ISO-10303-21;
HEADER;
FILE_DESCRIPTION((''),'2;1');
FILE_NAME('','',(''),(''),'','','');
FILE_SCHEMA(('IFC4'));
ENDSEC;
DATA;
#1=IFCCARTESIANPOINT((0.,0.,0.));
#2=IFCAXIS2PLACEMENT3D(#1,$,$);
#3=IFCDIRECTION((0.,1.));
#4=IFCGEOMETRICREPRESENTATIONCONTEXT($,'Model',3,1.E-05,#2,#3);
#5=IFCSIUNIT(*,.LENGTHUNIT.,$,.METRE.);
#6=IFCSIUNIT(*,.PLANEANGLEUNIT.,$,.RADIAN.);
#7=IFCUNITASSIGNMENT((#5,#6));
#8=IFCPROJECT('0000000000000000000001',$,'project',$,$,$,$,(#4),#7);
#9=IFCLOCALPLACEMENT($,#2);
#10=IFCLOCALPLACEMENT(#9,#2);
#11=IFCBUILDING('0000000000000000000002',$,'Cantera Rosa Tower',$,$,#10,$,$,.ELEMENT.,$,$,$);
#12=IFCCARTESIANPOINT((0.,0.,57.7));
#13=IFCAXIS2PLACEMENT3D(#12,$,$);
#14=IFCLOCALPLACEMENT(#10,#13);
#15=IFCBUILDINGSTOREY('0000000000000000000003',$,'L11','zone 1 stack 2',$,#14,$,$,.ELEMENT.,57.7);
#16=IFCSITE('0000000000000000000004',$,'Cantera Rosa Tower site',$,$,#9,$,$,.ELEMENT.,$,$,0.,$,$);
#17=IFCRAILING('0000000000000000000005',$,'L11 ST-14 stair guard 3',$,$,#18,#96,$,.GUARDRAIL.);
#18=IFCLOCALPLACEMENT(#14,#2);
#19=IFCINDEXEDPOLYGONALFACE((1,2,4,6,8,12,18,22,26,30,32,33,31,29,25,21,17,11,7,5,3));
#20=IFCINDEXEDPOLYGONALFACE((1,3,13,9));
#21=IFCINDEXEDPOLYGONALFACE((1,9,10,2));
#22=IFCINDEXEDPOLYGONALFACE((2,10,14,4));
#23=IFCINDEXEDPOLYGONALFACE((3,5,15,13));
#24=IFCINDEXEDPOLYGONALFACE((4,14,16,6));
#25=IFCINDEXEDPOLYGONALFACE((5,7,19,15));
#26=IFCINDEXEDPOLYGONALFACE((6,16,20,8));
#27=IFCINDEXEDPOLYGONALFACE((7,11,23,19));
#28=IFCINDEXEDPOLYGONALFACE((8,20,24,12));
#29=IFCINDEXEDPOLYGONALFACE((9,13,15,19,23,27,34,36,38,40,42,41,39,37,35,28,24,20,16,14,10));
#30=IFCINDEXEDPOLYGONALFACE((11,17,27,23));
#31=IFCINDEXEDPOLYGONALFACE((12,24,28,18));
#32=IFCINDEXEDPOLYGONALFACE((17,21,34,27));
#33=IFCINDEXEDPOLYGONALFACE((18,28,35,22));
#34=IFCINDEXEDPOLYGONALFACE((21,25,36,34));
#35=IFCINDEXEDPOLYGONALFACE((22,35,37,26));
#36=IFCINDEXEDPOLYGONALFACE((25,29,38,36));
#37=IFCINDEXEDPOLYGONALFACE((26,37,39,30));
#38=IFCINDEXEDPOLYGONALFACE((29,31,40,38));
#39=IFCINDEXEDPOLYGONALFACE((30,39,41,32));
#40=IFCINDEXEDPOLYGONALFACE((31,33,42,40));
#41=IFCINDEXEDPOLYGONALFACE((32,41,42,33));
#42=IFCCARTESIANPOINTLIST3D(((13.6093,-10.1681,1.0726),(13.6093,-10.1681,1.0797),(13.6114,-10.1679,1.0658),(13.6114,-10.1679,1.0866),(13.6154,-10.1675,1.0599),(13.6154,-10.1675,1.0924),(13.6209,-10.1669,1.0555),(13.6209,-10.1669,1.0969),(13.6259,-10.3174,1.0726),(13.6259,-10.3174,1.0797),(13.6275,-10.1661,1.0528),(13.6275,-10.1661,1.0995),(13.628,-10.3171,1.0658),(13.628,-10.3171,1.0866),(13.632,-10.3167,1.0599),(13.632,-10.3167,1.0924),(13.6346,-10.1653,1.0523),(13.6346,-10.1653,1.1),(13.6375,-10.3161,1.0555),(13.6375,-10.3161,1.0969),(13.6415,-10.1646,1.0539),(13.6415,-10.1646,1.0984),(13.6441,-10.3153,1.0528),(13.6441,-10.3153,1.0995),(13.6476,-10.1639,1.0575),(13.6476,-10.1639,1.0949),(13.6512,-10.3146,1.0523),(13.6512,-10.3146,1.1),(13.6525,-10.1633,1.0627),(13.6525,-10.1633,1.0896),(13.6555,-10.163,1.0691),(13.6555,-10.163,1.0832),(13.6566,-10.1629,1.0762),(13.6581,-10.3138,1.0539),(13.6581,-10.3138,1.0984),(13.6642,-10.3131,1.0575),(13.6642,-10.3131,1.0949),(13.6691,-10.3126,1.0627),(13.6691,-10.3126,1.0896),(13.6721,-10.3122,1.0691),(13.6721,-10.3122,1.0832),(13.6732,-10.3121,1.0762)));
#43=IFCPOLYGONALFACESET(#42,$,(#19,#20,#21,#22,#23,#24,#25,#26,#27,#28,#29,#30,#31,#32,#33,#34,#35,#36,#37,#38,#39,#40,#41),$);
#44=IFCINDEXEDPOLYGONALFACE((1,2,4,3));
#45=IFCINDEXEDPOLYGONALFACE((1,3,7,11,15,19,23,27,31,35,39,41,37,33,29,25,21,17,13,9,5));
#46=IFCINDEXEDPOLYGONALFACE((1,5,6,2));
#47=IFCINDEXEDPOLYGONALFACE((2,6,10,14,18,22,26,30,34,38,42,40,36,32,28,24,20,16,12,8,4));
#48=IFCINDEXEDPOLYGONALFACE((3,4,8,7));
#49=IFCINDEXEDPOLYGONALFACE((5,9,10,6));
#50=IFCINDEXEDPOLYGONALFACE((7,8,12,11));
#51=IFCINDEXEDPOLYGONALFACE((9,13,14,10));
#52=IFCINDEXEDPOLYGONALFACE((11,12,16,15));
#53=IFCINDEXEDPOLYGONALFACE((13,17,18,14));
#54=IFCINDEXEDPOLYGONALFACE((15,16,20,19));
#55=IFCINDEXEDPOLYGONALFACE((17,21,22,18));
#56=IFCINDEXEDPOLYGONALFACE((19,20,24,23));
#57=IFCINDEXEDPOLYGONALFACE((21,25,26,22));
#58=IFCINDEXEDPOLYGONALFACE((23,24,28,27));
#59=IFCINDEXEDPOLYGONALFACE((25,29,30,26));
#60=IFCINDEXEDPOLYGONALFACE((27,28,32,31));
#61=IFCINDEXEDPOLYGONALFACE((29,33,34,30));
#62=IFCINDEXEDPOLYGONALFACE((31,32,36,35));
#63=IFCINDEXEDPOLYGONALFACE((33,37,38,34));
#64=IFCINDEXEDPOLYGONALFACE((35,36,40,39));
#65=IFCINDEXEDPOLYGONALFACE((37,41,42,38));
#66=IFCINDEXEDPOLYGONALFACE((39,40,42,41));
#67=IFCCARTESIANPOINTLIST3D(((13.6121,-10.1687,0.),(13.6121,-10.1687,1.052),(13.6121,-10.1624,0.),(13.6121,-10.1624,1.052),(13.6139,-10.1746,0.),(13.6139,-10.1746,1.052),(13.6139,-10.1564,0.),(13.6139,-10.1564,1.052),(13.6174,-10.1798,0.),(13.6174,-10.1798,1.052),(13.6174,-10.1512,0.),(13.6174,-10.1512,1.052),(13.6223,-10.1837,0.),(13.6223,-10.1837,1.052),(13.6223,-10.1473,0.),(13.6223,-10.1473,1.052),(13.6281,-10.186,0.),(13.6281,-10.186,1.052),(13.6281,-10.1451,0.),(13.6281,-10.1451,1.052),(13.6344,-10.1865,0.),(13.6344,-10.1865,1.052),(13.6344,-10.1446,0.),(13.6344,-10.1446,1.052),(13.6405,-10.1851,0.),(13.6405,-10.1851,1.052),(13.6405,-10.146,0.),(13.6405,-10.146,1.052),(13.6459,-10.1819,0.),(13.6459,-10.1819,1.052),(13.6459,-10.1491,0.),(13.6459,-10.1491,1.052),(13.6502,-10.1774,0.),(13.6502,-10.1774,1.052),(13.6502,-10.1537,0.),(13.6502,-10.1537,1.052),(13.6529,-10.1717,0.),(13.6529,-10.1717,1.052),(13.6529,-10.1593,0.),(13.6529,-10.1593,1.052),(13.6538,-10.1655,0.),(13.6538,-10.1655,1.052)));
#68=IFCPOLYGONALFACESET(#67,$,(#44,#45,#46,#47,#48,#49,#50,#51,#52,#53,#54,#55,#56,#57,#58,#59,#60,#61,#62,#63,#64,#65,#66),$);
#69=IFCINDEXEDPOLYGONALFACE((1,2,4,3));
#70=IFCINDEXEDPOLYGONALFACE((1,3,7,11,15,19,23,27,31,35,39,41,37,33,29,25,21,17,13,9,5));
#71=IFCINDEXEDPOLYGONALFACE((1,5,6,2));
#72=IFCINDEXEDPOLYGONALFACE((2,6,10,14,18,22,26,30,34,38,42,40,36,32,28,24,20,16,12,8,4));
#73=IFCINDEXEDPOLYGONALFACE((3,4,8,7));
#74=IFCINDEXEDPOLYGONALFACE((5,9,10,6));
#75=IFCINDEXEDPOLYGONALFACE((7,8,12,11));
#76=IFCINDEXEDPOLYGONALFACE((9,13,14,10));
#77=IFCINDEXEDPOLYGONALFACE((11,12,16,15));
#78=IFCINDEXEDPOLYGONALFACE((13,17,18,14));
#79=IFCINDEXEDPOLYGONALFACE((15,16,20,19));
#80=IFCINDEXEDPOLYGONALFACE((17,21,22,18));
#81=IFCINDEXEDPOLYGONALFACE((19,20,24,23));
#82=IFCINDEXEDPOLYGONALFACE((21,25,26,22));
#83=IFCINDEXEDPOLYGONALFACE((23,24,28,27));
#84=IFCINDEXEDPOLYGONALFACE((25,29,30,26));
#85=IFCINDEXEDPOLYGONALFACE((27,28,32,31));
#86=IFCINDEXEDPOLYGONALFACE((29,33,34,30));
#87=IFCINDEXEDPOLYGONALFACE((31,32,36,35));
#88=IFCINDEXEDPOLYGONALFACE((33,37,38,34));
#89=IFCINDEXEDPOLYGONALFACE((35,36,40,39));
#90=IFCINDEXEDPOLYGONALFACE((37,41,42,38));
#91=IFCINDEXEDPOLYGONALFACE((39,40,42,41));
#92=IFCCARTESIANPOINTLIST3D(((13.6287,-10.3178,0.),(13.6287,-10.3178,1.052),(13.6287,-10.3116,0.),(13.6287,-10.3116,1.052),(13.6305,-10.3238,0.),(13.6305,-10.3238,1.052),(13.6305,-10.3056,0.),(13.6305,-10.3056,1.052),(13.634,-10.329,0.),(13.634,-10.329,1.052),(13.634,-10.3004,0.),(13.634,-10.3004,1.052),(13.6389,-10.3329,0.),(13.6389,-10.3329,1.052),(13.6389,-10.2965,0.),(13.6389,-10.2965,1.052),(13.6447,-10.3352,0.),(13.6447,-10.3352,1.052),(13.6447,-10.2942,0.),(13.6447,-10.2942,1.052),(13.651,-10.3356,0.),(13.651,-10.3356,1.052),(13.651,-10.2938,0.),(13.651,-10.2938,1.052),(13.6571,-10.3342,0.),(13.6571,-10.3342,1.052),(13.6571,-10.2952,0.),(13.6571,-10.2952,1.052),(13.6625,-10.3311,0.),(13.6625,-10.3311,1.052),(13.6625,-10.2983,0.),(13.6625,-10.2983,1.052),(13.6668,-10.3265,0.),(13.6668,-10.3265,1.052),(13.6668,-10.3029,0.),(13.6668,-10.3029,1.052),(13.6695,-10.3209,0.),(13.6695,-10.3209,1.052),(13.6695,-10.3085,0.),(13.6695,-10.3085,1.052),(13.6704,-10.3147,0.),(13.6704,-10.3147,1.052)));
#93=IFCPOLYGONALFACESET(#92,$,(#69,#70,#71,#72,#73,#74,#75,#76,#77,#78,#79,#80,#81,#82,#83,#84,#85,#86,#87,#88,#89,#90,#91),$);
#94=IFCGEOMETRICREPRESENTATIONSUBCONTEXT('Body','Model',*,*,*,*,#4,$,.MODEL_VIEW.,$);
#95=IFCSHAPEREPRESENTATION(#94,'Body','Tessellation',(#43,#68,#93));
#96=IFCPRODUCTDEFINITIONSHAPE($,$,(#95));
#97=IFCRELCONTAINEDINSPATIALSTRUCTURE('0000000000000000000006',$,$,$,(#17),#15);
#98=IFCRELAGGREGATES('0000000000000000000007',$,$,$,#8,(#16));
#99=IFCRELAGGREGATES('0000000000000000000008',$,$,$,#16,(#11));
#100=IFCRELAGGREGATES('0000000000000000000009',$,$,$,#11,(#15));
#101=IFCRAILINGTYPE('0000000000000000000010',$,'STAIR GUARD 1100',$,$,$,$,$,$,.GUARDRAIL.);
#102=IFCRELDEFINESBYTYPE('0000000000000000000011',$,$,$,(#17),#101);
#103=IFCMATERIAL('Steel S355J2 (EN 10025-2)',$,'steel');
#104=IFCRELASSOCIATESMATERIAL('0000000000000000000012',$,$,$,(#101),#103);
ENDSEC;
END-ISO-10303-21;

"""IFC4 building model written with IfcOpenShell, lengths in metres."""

from ifc_helpers import new_model, si_unit, direction, frame, origin, origin_2d, place, context, subcontext, project, spatial, circle, extrude, material, type_object, element, save


model = new_model("IFC4")

# Units and contexts
model_context = context("Model", 3, precision=1e-05, world=origin(), true_north=direction((0.0, 1.0)))
body_context = subcontext(model_context, "Body", "Model", "MODEL_VIEW")
ifc_project = project(units=[si_unit("LENGTHUNIT", "METRE"), si_unit("PLANEANGLEUNIT", "RADIAN")], contexts=[model_context])

# Site, building, storey
site_placement = place(None, origin())
site = spatial("IfcSite", under=ifc_project, at=site_placement, Name="Cantera Rosa Tower site", CompositionType="ELEMENT", RefElevation=0.0)
building_placement = place(site_placement, origin())
building = spatial("IfcBuilding", under=site, at=building_placement, Name="Cantera Rosa Tower", CompositionType="ELEMENT")
storey_placement = place(building_placement, frame((0.0, 0.0, 57.7)))
storey = spatial("IfcBuildingStorey", under=building, at=storey_placement, Name="L11", Description="zone 1 stack 2", CompositionType="ELEMENT", Elevation=57.7)

# Railing
ifc_material_1 = material(Name="Steel S355J2 (EN 10025-2)", Category="steel")
railing_type = type_object("IfcRailingType", Name="STAIR GUARD 1100", PredefinedType="GUARDRAIL", material=ifc_material_1)
railing_1_placement = place(storey_placement, frame((13.6328, -10.1655, 0.0)))
element("IfcRailing", 1, at=railing_1_placement, inside=storey, type_object=railing_type, Name="L11 ST-14 stair guard 3", PredefinedType="GUARDRAIL", context=body_context, shape_type="SweptSolid", body=[
    extrude(circle(Radius=0.0239, at=origin_2d()), frame((0.0, 0.0, 1.0762), z_axis=(0.11061, -0.993864, 0.0), x_axis=(0.993864, 0.11061, 0.0)), (0.0, 0.0, 1.0), 0.1501),
    extrude(circle(Radius=0.021, at=origin_2d()), origin(), (0.0, 0.0, 1.0), 1.052),
    extrude(circle(Radius=0.021, at=origin_2d()), frame((0.0166, -0.1492, 0.0)), (0.0, 0.0, 1.0), 1.052),
])

save(model, "model.ifc")
